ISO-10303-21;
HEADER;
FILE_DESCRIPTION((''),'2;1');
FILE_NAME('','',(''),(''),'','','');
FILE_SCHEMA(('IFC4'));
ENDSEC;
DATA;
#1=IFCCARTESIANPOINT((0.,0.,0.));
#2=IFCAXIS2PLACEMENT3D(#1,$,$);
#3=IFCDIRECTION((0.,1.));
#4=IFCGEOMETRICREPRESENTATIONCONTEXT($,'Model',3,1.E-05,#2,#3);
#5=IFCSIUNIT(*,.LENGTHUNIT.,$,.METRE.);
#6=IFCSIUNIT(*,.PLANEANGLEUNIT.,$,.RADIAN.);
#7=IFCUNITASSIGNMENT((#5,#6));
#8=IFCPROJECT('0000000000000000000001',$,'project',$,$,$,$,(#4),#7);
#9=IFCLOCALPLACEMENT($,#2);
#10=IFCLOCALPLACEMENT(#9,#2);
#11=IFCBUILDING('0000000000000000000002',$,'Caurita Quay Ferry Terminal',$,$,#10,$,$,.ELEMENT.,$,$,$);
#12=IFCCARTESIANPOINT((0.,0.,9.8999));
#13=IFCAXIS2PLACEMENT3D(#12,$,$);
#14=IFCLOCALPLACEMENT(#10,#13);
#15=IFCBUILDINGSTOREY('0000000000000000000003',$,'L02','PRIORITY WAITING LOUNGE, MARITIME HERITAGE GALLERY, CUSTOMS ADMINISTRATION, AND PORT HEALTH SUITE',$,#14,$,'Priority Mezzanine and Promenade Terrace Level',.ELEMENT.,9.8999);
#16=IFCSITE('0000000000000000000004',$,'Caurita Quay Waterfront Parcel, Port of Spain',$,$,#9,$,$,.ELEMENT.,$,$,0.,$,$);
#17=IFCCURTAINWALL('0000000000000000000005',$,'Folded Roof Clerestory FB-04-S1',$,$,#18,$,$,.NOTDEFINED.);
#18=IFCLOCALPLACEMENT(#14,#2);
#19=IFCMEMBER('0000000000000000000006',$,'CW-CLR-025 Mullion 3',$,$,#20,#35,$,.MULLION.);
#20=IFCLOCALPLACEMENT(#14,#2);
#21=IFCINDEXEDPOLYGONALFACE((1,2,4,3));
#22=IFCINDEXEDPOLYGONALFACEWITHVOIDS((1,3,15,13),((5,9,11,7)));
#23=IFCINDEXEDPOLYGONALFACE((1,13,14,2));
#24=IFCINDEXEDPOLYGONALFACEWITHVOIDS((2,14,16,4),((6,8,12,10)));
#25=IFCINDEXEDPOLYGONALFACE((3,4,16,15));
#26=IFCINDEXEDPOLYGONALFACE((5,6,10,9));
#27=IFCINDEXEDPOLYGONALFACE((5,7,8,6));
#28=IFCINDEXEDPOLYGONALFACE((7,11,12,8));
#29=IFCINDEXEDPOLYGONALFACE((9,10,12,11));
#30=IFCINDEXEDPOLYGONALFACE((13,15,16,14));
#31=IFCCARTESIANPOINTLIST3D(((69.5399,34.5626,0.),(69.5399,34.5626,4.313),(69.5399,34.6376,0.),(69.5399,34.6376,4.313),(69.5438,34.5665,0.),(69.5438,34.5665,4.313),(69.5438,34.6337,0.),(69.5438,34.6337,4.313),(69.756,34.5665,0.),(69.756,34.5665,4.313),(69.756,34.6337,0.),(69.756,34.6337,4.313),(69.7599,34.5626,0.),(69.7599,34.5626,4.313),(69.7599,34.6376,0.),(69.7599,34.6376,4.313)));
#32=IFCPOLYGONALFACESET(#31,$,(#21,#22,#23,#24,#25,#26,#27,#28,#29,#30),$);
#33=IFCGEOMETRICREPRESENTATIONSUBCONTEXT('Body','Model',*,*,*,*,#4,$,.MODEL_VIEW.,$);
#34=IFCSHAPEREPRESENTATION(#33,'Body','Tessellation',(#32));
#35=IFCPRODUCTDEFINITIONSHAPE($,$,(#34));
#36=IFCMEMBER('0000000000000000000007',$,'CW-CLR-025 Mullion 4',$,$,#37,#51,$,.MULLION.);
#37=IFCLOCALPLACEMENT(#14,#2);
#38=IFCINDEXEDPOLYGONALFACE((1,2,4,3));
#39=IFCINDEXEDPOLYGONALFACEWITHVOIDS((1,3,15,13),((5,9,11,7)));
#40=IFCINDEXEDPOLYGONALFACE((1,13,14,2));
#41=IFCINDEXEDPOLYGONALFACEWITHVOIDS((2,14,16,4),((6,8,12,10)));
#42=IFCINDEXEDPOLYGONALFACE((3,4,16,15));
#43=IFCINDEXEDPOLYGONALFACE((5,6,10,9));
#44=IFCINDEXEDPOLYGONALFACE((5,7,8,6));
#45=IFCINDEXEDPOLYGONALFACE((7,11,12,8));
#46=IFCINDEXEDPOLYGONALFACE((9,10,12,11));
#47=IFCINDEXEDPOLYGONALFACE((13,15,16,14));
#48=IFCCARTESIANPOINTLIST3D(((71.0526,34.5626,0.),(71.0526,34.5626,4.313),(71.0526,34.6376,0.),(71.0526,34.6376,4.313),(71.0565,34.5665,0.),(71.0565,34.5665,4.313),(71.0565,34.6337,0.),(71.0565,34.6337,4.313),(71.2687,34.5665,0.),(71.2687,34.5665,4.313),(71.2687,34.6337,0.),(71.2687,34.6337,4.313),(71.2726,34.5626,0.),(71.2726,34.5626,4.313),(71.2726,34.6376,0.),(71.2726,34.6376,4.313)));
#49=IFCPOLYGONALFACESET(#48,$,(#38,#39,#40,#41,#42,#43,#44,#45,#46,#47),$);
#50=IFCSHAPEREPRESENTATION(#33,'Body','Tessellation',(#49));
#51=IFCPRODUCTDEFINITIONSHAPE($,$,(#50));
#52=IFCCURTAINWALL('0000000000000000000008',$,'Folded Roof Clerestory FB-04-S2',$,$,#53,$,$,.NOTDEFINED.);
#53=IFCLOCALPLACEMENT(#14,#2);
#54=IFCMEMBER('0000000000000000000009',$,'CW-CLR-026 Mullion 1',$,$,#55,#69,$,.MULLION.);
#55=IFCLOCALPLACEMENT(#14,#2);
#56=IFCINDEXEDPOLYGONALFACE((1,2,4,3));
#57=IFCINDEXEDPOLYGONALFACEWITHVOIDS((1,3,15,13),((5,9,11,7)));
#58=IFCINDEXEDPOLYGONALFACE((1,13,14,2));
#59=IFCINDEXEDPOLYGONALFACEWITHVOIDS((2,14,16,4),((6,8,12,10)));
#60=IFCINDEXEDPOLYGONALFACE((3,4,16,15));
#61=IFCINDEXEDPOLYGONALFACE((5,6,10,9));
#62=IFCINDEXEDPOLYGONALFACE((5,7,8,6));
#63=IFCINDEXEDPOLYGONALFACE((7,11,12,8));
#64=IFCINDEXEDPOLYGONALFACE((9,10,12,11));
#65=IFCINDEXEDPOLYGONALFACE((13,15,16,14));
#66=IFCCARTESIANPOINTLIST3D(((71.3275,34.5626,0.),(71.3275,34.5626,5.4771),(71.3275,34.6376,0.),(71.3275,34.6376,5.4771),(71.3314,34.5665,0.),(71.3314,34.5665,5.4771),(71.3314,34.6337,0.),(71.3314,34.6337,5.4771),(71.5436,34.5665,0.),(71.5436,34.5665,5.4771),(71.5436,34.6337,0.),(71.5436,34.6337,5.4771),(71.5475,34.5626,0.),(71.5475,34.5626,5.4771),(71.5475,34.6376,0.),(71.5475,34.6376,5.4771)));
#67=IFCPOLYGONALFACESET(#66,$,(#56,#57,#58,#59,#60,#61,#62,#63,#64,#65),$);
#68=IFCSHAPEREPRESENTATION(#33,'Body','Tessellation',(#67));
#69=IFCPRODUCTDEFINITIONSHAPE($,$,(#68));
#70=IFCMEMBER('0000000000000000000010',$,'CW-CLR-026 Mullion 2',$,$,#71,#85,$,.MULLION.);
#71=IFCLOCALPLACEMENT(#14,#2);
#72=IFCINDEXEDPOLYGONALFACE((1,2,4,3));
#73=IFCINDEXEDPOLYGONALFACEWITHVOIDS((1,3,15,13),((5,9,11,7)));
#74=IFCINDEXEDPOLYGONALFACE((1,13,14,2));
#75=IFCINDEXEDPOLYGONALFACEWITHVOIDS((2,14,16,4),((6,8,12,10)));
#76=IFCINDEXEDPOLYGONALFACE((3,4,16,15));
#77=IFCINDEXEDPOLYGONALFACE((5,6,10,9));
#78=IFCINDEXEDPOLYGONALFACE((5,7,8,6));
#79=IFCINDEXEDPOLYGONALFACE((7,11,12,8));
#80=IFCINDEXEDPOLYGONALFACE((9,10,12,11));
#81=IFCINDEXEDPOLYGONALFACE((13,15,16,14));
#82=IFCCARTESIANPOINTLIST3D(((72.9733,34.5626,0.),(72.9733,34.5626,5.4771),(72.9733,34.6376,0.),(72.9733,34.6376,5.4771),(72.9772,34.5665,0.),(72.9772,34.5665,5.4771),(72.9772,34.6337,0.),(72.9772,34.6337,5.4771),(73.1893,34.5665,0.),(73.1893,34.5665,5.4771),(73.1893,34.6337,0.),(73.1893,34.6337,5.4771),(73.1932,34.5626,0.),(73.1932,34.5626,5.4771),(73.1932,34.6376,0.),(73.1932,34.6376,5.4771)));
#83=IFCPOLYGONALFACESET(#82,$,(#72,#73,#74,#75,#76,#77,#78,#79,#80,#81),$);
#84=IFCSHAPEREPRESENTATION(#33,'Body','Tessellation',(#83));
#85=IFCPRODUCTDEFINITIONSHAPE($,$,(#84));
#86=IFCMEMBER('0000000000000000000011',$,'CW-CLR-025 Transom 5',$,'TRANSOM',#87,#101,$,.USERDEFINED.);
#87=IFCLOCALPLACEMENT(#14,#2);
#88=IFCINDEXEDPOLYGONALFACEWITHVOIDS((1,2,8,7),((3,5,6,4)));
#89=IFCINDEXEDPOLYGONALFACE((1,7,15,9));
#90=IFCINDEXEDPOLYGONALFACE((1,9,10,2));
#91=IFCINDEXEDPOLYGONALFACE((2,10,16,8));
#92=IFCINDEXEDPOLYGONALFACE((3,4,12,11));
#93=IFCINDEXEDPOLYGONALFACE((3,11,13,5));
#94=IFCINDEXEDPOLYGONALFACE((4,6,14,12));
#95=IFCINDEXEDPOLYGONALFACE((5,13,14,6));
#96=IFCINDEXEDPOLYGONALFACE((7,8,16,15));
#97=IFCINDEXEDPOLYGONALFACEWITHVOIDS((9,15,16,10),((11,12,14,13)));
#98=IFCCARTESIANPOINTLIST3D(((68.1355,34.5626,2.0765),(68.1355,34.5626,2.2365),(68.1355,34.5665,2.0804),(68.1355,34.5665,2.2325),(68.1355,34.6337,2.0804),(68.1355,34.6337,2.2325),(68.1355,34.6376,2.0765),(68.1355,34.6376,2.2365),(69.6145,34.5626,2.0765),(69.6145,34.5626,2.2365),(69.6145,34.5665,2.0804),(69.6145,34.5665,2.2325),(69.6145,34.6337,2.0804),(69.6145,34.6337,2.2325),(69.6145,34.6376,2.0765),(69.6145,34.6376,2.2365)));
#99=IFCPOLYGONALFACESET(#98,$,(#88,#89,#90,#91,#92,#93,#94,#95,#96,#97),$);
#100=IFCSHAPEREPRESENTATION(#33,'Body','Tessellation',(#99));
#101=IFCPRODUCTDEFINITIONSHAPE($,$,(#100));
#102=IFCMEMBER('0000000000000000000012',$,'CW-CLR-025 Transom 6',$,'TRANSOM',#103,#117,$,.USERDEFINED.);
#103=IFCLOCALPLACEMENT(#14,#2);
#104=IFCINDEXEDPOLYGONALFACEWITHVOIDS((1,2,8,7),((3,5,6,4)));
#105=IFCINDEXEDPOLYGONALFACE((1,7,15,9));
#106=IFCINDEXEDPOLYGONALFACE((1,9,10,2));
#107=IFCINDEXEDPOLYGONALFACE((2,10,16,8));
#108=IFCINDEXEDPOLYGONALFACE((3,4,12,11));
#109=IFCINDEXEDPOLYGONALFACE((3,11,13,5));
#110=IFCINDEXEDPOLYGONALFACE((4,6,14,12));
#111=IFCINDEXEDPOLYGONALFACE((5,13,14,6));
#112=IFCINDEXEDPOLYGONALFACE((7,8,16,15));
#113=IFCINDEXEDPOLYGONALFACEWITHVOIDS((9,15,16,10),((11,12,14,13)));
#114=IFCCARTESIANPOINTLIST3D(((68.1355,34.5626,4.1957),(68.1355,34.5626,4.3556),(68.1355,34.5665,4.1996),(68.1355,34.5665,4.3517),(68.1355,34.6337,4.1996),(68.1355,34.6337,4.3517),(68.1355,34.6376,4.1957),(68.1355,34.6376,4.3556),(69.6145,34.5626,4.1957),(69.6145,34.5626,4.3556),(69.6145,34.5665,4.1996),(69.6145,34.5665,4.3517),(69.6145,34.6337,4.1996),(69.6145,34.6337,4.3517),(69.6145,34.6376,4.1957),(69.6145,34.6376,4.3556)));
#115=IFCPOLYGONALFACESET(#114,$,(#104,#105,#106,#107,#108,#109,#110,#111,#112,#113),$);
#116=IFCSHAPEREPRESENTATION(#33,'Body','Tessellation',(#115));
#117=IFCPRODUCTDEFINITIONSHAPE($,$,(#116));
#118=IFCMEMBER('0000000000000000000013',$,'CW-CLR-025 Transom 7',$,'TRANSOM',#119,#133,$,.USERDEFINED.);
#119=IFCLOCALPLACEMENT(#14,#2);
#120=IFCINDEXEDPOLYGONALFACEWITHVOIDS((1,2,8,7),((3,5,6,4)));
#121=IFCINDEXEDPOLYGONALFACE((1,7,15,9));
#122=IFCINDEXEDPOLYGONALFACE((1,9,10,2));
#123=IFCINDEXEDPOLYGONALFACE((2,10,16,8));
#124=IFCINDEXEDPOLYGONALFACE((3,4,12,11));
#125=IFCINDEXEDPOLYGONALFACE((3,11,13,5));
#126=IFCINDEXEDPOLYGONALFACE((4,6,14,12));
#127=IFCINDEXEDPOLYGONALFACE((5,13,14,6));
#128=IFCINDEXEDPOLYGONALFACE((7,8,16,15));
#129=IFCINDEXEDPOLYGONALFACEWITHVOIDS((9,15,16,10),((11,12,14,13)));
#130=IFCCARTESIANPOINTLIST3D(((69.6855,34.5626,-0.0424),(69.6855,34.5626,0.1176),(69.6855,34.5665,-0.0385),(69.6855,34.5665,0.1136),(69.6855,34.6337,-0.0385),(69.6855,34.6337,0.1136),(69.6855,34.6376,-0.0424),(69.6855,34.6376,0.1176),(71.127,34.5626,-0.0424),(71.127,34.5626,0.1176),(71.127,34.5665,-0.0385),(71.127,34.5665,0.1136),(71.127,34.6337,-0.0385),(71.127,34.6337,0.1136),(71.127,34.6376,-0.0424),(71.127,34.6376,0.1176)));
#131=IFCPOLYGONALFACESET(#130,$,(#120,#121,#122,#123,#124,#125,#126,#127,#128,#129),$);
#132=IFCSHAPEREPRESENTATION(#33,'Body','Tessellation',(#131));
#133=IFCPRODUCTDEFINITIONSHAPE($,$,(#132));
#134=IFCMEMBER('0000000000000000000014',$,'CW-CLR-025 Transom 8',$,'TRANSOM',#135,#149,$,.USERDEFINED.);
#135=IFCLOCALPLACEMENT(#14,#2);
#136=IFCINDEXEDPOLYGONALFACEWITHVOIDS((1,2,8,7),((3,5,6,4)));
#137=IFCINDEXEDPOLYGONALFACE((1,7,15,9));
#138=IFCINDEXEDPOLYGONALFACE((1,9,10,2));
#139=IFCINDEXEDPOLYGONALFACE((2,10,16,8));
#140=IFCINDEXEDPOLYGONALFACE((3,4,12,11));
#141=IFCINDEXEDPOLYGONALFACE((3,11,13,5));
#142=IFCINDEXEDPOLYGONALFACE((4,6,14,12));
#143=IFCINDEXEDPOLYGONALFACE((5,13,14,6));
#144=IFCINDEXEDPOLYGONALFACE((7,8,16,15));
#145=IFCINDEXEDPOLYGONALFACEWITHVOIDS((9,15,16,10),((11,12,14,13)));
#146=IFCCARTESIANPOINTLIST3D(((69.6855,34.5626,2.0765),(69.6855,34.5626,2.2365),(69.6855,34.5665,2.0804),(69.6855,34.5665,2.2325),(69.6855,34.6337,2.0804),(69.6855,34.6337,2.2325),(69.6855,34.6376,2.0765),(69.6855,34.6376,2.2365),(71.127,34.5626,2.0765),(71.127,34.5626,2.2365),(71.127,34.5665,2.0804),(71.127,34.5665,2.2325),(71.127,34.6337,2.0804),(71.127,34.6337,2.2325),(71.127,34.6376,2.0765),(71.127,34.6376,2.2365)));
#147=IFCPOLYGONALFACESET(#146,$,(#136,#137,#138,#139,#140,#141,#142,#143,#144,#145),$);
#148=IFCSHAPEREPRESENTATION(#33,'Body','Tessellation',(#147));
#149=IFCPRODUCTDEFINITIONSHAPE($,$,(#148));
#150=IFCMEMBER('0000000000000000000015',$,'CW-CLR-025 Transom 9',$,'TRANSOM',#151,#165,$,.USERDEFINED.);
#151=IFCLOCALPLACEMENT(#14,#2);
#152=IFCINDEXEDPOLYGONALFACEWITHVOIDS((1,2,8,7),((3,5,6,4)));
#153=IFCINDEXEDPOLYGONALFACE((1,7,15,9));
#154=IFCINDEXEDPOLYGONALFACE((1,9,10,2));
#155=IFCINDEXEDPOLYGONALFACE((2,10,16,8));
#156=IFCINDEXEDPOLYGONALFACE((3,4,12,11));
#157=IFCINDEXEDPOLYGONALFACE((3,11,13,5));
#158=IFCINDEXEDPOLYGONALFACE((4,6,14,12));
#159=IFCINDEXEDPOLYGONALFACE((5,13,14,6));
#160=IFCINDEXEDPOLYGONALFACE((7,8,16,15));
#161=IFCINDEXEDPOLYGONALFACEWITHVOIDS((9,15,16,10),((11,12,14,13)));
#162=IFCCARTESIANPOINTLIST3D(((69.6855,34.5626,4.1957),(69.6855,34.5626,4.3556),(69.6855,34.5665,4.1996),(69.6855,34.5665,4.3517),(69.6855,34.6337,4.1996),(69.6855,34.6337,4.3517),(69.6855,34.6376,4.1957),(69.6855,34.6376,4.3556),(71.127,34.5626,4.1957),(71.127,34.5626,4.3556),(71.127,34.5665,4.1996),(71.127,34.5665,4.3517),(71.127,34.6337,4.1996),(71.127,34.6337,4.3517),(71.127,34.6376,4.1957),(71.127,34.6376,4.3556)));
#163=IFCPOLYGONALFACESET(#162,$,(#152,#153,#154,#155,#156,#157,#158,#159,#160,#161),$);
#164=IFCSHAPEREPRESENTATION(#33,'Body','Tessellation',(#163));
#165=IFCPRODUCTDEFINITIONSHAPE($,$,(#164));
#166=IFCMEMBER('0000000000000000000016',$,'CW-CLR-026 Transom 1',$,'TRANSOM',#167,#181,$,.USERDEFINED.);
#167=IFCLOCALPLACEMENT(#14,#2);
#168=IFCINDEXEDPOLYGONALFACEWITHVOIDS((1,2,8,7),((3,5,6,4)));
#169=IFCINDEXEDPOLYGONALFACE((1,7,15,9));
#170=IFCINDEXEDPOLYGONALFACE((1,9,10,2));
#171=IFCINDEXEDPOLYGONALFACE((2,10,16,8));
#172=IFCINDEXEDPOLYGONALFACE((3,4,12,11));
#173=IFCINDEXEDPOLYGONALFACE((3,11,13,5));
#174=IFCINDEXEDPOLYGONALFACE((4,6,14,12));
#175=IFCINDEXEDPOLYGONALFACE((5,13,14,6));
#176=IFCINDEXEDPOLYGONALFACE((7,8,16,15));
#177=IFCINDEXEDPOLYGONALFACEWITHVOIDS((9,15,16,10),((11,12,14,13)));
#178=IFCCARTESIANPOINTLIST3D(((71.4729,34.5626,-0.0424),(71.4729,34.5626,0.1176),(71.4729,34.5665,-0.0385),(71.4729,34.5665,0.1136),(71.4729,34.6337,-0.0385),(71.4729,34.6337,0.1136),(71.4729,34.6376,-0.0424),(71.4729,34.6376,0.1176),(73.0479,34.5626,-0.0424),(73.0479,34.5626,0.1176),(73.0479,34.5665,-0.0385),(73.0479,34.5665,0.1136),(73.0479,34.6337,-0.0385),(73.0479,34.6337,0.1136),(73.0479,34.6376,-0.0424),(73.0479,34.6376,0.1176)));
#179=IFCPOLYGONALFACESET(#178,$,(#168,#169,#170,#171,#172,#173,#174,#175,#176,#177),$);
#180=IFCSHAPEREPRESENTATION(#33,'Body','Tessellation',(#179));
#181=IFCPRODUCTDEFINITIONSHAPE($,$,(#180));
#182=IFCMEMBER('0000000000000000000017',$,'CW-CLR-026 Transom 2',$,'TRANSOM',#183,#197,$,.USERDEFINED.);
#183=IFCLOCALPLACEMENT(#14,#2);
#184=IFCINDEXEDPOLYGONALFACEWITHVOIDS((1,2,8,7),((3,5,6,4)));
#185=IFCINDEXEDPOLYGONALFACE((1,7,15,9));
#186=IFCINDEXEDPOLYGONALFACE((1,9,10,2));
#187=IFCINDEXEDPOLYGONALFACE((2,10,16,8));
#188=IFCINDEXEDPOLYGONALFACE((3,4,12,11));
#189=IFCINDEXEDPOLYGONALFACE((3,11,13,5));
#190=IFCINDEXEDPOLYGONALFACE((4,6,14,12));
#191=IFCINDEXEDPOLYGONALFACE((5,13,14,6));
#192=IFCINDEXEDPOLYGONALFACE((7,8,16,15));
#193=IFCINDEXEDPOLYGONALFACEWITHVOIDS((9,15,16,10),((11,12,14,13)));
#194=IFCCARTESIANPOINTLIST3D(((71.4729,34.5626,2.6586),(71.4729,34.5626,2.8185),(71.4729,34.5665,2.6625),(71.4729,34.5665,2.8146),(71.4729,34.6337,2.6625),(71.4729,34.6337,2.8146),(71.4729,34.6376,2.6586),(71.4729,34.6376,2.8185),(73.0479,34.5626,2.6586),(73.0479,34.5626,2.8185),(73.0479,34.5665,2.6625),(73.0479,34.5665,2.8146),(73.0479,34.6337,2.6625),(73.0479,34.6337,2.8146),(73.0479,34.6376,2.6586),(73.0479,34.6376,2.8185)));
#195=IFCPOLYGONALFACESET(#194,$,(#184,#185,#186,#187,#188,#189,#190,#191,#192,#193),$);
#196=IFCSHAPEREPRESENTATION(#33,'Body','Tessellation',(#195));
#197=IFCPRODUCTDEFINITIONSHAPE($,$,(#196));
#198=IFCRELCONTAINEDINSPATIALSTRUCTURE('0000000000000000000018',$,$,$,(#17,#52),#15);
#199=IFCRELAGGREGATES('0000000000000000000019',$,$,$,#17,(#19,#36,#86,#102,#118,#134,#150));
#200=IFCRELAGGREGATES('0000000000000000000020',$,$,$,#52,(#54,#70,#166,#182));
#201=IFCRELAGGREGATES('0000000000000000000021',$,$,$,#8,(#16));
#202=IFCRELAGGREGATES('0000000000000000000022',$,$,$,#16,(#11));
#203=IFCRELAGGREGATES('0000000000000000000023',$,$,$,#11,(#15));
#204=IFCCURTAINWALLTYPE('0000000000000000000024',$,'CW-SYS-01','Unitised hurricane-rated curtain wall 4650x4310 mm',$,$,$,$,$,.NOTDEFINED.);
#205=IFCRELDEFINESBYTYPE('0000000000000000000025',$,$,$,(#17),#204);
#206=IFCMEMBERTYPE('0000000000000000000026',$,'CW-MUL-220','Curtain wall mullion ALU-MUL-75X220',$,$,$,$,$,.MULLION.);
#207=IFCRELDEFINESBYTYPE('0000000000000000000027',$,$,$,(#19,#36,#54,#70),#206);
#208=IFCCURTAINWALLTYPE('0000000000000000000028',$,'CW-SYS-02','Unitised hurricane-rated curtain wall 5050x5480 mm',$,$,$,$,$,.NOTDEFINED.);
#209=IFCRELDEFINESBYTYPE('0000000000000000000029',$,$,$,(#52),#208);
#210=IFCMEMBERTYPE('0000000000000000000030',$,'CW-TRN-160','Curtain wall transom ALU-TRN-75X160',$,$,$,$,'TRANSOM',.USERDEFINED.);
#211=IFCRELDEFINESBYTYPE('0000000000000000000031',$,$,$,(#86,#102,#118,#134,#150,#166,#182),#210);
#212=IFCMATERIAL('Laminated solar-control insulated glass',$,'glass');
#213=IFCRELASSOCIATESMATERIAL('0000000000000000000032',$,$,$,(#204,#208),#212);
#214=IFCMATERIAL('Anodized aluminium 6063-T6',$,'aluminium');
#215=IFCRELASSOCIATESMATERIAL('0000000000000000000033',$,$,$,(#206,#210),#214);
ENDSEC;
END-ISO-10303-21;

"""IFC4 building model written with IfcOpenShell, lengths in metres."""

from ifc_helpers import new_model, si_unit, direction, frame, origin, origin_2d, place, context, subcontext, project, spatial, hollow_rectangle, extrude, material, material_profile, profile_set, type_object, element, aggregate, save


model = new_model("IFC4")

# Units and contexts
model_context = context("Model", 3, precision=1e-05, world=origin(), true_north=direction((0.0, 1.0)))
body_context = subcontext(model_context, "Body", "Model", "MODEL_VIEW")
ifc_project = project(units=[si_unit("LENGTHUNIT", "METRE"), si_unit("PLANEANGLEUNIT", "RADIAN")], contexts=[model_context])

# Site, building, storey
site_placement = place(None, origin())
site = spatial("IfcSite", under=ifc_project, at=site_placement, Name="Caurita Quay Waterfront Parcel, Port of Spain", CompositionType="ELEMENT", RefElevation=0.0)
building_placement = place(site_placement, origin())
building = spatial("IfcBuilding", under=site, at=building_placement, Name="Caurita Quay Ferry Terminal", CompositionType="ELEMENT")
storey_placement = place(building_placement, frame((0.0, 0.0, 9.8999)))
storey = spatial("IfcBuildingStorey", under=building, at=storey_placement, Name="L02", Description="PRIORITY WAITING LOUNGE, MARITIME HERITAGE GALLERY, CUSTOMS ADMINISTRATION, AND PORT HEALTH SUITE", LongName="Priority Mezzanine and Promenade Terrace Level", CompositionType="ELEMENT", Elevation=9.8999)

# Curtain walls, members
ifc_material_1 = material(Name="Laminated solar-control insulated glass", Category="glass")
curtain_wall_type_1 = type_object("IfcCurtainWallType", Name="CW-SYS-01", Description="Unitised hurricane-rated curtain wall 4650x4310 mm", PredefinedType="NOTDEFINED", material=ifc_material_1)
curtain_wall_1_placement = place(storey_placement, origin())
curtain_wall_1 = element("IfcCurtainWall", 1, at=curtain_wall_1_placement, inside=storey, type_object=curtain_wall_type_1, Name="Folded Roof Clerestory FB-04-S1", PredefinedType="NOTDEFINED")
ifc_material_2 = material(Name="Anodized aluminium 6063-T6", Category="aluminium")
ifc_material_profile_1 = material_profile(ifc_material_2, hollow_rectangle(XDim=0.075, YDim=0.22, WallThickness=0.0039, at=origin_2d()), Name="ALU-MUL-75X220")
ifc_profile_set_1 = profile_set([ifc_material_profile_1], Name="Anodized aluminium 6063-T6")
member_type_1 = type_object("IfcMemberType", Name="CW-MUL-220", Description="Curtain wall mullion ALU-MUL-75X220", PredefinedType="MULLION", material=ifc_profile_set_1)
member_1_placement = place(storey_placement, frame((69.6499, 34.6001, 0.0), z_axis=(0.0, 0.0, 1.0), x_axis=(0.0, 1.0, 0.0)))
member_1 = element("IfcMember", 2, at=member_1_placement, type_object=member_type_1, Name="CW-CLR-025 Mullion 3", PredefinedType="MULLION", context=body_context, shape_type="SweptSolid", body=[
    extrude(hollow_rectangle(XDim=0.075, YDim=0.22, WallThickness=0.0039, at=origin_2d()), origin(), (0.0, 0.0, 1.0), 4.313),
])
member_2_placement = place(storey_placement, frame((71.1626, 34.6001, 0.0), z_axis=(0.0, 0.0, 1.0), x_axis=(0.0, 1.0, 0.0)))
member_2 = element("IfcMember", 3, at=member_2_placement, type_object=member_type_1, Name="CW-CLR-025 Mullion 4", PredefinedType="MULLION", context=body_context, shape_type="SweptSolid", body=[
    extrude(hollow_rectangle(XDim=0.075, YDim=0.22, WallThickness=0.0039, at=origin_2d()), origin(), (0.0, 0.0, 1.0), 4.313),
])
curtain_wall_type_2 = type_object("IfcCurtainWallType", Name="CW-SYS-02", Description="Unitised hurricane-rated curtain wall 5050x5480 mm", PredefinedType="NOTDEFINED", material=ifc_material_1)
curtain_wall_2_placement = place(storey_placement, origin())
curtain_wall_2 = element("IfcCurtainWall", 4, at=curtain_wall_2_placement, inside=storey, type_object=curtain_wall_type_2, Name="Folded Roof Clerestory FB-04-S2", PredefinedType="NOTDEFINED")
member_3_placement = place(storey_placement, frame((71.4375, 34.6001, 0.0), z_axis=(0.0, 0.0, 1.0), x_axis=(0.0, 1.0, 0.0)))
member_3 = element("IfcMember", 5, at=member_3_placement, type_object=member_type_1, Name="CW-CLR-026 Mullion 1", PredefinedType="MULLION", context=body_context, shape_type="SweptSolid", body=[
    extrude(hollow_rectangle(XDim=0.075, YDim=0.22, WallThickness=0.0039, at=origin_2d()), origin(), (0.0, 0.0, 1.0), 5.4771),
])
member_4_placement = place(storey_placement, frame((73.0833, 34.6001, 0.0), z_axis=(0.0, 0.0, 1.0), x_axis=(0.0, 1.0, 0.0)))
member_4 = element("IfcMember", 6, at=member_4_placement, type_object=member_type_1, Name="CW-CLR-026 Mullion 2", PredefinedType="MULLION", context=body_context, shape_type="SweptSolid", body=[
    extrude(hollow_rectangle(XDim=0.075, YDim=0.22, WallThickness=0.0039, at=origin_2d()), origin(), (0.0, 0.0, 1.0), 5.4771),
])

# Members
ifc_material_profile_2 = material_profile(ifc_material_2, hollow_rectangle(XDim=0.075, YDim=0.1599, WallThickness=0.0039, at=origin_2d()), Name="ALU-TRN-75X160")
ifc_profile_set_2 = profile_set([ifc_material_profile_2], Name="Anodized aluminium 6063-T6")
member_type_2 = type_object("IfcMemberType", Name="CW-TRN-160", Description="Curtain wall transom ALU-TRN-75X160", ElementType="TRANSOM", PredefinedType="USERDEFINED", material=ifc_profile_set_2)
member_5_placement = place(storey_placement, frame((68.1355, 34.6001, 2.1565), z_axis=(1.0, 0.0, 0.0), x_axis=(0.0, 1.0, 0.0)))
member_5 = element("IfcMember", 7, at=member_5_placement, type_object=member_type_2, Name="CW-CLR-025 Transom 5", ObjectType="TRANSOM", PredefinedType="USERDEFINED", context=body_context, shape_type="SweptSolid", body=[
    extrude(hollow_rectangle(XDim=0.075, YDim=0.1599, WallThickness=0.0039, at=origin_2d()), origin(), (0.0, 0.0, 1.0), 1.479),
])
member_6_placement = place(storey_placement, frame((68.1355, 34.6001, 4.2756), z_axis=(1.0, 0.0, 0.0), x_axis=(0.0, 1.0, 0.0)))
member_6 = element("IfcMember", 8, at=member_6_placement, type_object=member_type_2, Name="CW-CLR-025 Transom 6", ObjectType="TRANSOM", PredefinedType="USERDEFINED", context=body_context, shape_type="SweptSolid", body=[
    extrude(hollow_rectangle(XDim=0.075, YDim=0.1599, WallThickness=0.0039, at=origin_2d()), origin(), (0.0, 0.0, 1.0), 1.479),
])
member_7_placement = place(storey_placement, frame((69.6855, 34.6001, 0.0376), z_axis=(1.0, 0.0, 0.0), x_axis=(0.0, 1.0, 0.0)))
member_7 = element("IfcMember", 9, at=member_7_placement, type_object=member_type_2, Name="CW-CLR-025 Transom 7", ObjectType="TRANSOM", PredefinedType="USERDEFINED", context=body_context, shape_type="SweptSolid", body=[
    extrude(hollow_rectangle(XDim=0.075, YDim=0.1599, WallThickness=0.0039, at=origin_2d()), origin(), (0.0, 0.0, 1.0), 1.4414),
])
member_8_placement = place(storey_placement, frame((69.6855, 34.6001, 2.1565), z_axis=(1.0, 0.0, 0.0), x_axis=(0.0, 1.0, 0.0)))
member_8 = element("IfcMember", 10, at=member_8_placement, type_object=member_type_2, Name="CW-CLR-025 Transom 8", ObjectType="TRANSOM", PredefinedType="USERDEFINED", context=body_context, shape_type="SweptSolid", body=[
    extrude(hollow_rectangle(XDim=0.075, YDim=0.1599, WallThickness=0.0039, at=origin_2d()), origin(), (0.0, 0.0, 1.0), 1.4414),
])
member_9_placement = place(storey_placement, frame((69.6855, 34.6001, 4.2756), z_axis=(1.0, 0.0, 0.0), x_axis=(0.0, 1.0, 0.0)))
member_9 = element("IfcMember", 11, at=member_9_placement, type_object=member_type_2, Name="CW-CLR-025 Transom 9", ObjectType="TRANSOM", PredefinedType="USERDEFINED", context=body_context, shape_type="SweptSolid", body=[
    extrude(hollow_rectangle(XDim=0.075, YDim=0.1599, WallThickness=0.0039, at=origin_2d()), origin(), (0.0, 0.0, 1.0), 1.4414),
])
member_10_placement = place(storey_placement, frame((71.4729, 34.6001, 0.0376), z_axis=(1.0, 0.0, 0.0), x_axis=(0.0, 1.0, 0.0)))
member_10 = element("IfcMember", 12, at=member_10_placement, type_object=member_type_2, Name="CW-CLR-026 Transom 1", ObjectType="TRANSOM", PredefinedType="USERDEFINED", context=body_context, shape_type="SweptSolid", body=[
    extrude(hollow_rectangle(XDim=0.075, YDim=0.1599, WallThickness=0.0039, at=origin_2d()), origin(), (0.0, 0.0, 1.0), 1.575),
])
member_11_placement = place(storey_placement, frame((71.4729, 34.6001, 2.7385), z_axis=(1.0, 0.0, 0.0), x_axis=(0.0, 1.0, 0.0)))
member_11 = element("IfcMember", 13, at=member_11_placement, type_object=member_type_2, Name="CW-CLR-026 Transom 2", ObjectType="TRANSOM", PredefinedType="USERDEFINED", context=body_context, shape_type="SweptSolid", body=[
    extrude(hollow_rectangle(XDim=0.075, YDim=0.1599, WallThickness=0.0039, at=origin_2d()), origin(), (0.0, 0.0, 1.0), 1.575),
])

aggregate(curtain_wall_1, [member_1, member_2, member_5, member_6, member_7, member_8, member_9])
aggregate(curtain_wall_2, [member_3, member_4, member_10, member_11])

save(model, "model.ifc")
